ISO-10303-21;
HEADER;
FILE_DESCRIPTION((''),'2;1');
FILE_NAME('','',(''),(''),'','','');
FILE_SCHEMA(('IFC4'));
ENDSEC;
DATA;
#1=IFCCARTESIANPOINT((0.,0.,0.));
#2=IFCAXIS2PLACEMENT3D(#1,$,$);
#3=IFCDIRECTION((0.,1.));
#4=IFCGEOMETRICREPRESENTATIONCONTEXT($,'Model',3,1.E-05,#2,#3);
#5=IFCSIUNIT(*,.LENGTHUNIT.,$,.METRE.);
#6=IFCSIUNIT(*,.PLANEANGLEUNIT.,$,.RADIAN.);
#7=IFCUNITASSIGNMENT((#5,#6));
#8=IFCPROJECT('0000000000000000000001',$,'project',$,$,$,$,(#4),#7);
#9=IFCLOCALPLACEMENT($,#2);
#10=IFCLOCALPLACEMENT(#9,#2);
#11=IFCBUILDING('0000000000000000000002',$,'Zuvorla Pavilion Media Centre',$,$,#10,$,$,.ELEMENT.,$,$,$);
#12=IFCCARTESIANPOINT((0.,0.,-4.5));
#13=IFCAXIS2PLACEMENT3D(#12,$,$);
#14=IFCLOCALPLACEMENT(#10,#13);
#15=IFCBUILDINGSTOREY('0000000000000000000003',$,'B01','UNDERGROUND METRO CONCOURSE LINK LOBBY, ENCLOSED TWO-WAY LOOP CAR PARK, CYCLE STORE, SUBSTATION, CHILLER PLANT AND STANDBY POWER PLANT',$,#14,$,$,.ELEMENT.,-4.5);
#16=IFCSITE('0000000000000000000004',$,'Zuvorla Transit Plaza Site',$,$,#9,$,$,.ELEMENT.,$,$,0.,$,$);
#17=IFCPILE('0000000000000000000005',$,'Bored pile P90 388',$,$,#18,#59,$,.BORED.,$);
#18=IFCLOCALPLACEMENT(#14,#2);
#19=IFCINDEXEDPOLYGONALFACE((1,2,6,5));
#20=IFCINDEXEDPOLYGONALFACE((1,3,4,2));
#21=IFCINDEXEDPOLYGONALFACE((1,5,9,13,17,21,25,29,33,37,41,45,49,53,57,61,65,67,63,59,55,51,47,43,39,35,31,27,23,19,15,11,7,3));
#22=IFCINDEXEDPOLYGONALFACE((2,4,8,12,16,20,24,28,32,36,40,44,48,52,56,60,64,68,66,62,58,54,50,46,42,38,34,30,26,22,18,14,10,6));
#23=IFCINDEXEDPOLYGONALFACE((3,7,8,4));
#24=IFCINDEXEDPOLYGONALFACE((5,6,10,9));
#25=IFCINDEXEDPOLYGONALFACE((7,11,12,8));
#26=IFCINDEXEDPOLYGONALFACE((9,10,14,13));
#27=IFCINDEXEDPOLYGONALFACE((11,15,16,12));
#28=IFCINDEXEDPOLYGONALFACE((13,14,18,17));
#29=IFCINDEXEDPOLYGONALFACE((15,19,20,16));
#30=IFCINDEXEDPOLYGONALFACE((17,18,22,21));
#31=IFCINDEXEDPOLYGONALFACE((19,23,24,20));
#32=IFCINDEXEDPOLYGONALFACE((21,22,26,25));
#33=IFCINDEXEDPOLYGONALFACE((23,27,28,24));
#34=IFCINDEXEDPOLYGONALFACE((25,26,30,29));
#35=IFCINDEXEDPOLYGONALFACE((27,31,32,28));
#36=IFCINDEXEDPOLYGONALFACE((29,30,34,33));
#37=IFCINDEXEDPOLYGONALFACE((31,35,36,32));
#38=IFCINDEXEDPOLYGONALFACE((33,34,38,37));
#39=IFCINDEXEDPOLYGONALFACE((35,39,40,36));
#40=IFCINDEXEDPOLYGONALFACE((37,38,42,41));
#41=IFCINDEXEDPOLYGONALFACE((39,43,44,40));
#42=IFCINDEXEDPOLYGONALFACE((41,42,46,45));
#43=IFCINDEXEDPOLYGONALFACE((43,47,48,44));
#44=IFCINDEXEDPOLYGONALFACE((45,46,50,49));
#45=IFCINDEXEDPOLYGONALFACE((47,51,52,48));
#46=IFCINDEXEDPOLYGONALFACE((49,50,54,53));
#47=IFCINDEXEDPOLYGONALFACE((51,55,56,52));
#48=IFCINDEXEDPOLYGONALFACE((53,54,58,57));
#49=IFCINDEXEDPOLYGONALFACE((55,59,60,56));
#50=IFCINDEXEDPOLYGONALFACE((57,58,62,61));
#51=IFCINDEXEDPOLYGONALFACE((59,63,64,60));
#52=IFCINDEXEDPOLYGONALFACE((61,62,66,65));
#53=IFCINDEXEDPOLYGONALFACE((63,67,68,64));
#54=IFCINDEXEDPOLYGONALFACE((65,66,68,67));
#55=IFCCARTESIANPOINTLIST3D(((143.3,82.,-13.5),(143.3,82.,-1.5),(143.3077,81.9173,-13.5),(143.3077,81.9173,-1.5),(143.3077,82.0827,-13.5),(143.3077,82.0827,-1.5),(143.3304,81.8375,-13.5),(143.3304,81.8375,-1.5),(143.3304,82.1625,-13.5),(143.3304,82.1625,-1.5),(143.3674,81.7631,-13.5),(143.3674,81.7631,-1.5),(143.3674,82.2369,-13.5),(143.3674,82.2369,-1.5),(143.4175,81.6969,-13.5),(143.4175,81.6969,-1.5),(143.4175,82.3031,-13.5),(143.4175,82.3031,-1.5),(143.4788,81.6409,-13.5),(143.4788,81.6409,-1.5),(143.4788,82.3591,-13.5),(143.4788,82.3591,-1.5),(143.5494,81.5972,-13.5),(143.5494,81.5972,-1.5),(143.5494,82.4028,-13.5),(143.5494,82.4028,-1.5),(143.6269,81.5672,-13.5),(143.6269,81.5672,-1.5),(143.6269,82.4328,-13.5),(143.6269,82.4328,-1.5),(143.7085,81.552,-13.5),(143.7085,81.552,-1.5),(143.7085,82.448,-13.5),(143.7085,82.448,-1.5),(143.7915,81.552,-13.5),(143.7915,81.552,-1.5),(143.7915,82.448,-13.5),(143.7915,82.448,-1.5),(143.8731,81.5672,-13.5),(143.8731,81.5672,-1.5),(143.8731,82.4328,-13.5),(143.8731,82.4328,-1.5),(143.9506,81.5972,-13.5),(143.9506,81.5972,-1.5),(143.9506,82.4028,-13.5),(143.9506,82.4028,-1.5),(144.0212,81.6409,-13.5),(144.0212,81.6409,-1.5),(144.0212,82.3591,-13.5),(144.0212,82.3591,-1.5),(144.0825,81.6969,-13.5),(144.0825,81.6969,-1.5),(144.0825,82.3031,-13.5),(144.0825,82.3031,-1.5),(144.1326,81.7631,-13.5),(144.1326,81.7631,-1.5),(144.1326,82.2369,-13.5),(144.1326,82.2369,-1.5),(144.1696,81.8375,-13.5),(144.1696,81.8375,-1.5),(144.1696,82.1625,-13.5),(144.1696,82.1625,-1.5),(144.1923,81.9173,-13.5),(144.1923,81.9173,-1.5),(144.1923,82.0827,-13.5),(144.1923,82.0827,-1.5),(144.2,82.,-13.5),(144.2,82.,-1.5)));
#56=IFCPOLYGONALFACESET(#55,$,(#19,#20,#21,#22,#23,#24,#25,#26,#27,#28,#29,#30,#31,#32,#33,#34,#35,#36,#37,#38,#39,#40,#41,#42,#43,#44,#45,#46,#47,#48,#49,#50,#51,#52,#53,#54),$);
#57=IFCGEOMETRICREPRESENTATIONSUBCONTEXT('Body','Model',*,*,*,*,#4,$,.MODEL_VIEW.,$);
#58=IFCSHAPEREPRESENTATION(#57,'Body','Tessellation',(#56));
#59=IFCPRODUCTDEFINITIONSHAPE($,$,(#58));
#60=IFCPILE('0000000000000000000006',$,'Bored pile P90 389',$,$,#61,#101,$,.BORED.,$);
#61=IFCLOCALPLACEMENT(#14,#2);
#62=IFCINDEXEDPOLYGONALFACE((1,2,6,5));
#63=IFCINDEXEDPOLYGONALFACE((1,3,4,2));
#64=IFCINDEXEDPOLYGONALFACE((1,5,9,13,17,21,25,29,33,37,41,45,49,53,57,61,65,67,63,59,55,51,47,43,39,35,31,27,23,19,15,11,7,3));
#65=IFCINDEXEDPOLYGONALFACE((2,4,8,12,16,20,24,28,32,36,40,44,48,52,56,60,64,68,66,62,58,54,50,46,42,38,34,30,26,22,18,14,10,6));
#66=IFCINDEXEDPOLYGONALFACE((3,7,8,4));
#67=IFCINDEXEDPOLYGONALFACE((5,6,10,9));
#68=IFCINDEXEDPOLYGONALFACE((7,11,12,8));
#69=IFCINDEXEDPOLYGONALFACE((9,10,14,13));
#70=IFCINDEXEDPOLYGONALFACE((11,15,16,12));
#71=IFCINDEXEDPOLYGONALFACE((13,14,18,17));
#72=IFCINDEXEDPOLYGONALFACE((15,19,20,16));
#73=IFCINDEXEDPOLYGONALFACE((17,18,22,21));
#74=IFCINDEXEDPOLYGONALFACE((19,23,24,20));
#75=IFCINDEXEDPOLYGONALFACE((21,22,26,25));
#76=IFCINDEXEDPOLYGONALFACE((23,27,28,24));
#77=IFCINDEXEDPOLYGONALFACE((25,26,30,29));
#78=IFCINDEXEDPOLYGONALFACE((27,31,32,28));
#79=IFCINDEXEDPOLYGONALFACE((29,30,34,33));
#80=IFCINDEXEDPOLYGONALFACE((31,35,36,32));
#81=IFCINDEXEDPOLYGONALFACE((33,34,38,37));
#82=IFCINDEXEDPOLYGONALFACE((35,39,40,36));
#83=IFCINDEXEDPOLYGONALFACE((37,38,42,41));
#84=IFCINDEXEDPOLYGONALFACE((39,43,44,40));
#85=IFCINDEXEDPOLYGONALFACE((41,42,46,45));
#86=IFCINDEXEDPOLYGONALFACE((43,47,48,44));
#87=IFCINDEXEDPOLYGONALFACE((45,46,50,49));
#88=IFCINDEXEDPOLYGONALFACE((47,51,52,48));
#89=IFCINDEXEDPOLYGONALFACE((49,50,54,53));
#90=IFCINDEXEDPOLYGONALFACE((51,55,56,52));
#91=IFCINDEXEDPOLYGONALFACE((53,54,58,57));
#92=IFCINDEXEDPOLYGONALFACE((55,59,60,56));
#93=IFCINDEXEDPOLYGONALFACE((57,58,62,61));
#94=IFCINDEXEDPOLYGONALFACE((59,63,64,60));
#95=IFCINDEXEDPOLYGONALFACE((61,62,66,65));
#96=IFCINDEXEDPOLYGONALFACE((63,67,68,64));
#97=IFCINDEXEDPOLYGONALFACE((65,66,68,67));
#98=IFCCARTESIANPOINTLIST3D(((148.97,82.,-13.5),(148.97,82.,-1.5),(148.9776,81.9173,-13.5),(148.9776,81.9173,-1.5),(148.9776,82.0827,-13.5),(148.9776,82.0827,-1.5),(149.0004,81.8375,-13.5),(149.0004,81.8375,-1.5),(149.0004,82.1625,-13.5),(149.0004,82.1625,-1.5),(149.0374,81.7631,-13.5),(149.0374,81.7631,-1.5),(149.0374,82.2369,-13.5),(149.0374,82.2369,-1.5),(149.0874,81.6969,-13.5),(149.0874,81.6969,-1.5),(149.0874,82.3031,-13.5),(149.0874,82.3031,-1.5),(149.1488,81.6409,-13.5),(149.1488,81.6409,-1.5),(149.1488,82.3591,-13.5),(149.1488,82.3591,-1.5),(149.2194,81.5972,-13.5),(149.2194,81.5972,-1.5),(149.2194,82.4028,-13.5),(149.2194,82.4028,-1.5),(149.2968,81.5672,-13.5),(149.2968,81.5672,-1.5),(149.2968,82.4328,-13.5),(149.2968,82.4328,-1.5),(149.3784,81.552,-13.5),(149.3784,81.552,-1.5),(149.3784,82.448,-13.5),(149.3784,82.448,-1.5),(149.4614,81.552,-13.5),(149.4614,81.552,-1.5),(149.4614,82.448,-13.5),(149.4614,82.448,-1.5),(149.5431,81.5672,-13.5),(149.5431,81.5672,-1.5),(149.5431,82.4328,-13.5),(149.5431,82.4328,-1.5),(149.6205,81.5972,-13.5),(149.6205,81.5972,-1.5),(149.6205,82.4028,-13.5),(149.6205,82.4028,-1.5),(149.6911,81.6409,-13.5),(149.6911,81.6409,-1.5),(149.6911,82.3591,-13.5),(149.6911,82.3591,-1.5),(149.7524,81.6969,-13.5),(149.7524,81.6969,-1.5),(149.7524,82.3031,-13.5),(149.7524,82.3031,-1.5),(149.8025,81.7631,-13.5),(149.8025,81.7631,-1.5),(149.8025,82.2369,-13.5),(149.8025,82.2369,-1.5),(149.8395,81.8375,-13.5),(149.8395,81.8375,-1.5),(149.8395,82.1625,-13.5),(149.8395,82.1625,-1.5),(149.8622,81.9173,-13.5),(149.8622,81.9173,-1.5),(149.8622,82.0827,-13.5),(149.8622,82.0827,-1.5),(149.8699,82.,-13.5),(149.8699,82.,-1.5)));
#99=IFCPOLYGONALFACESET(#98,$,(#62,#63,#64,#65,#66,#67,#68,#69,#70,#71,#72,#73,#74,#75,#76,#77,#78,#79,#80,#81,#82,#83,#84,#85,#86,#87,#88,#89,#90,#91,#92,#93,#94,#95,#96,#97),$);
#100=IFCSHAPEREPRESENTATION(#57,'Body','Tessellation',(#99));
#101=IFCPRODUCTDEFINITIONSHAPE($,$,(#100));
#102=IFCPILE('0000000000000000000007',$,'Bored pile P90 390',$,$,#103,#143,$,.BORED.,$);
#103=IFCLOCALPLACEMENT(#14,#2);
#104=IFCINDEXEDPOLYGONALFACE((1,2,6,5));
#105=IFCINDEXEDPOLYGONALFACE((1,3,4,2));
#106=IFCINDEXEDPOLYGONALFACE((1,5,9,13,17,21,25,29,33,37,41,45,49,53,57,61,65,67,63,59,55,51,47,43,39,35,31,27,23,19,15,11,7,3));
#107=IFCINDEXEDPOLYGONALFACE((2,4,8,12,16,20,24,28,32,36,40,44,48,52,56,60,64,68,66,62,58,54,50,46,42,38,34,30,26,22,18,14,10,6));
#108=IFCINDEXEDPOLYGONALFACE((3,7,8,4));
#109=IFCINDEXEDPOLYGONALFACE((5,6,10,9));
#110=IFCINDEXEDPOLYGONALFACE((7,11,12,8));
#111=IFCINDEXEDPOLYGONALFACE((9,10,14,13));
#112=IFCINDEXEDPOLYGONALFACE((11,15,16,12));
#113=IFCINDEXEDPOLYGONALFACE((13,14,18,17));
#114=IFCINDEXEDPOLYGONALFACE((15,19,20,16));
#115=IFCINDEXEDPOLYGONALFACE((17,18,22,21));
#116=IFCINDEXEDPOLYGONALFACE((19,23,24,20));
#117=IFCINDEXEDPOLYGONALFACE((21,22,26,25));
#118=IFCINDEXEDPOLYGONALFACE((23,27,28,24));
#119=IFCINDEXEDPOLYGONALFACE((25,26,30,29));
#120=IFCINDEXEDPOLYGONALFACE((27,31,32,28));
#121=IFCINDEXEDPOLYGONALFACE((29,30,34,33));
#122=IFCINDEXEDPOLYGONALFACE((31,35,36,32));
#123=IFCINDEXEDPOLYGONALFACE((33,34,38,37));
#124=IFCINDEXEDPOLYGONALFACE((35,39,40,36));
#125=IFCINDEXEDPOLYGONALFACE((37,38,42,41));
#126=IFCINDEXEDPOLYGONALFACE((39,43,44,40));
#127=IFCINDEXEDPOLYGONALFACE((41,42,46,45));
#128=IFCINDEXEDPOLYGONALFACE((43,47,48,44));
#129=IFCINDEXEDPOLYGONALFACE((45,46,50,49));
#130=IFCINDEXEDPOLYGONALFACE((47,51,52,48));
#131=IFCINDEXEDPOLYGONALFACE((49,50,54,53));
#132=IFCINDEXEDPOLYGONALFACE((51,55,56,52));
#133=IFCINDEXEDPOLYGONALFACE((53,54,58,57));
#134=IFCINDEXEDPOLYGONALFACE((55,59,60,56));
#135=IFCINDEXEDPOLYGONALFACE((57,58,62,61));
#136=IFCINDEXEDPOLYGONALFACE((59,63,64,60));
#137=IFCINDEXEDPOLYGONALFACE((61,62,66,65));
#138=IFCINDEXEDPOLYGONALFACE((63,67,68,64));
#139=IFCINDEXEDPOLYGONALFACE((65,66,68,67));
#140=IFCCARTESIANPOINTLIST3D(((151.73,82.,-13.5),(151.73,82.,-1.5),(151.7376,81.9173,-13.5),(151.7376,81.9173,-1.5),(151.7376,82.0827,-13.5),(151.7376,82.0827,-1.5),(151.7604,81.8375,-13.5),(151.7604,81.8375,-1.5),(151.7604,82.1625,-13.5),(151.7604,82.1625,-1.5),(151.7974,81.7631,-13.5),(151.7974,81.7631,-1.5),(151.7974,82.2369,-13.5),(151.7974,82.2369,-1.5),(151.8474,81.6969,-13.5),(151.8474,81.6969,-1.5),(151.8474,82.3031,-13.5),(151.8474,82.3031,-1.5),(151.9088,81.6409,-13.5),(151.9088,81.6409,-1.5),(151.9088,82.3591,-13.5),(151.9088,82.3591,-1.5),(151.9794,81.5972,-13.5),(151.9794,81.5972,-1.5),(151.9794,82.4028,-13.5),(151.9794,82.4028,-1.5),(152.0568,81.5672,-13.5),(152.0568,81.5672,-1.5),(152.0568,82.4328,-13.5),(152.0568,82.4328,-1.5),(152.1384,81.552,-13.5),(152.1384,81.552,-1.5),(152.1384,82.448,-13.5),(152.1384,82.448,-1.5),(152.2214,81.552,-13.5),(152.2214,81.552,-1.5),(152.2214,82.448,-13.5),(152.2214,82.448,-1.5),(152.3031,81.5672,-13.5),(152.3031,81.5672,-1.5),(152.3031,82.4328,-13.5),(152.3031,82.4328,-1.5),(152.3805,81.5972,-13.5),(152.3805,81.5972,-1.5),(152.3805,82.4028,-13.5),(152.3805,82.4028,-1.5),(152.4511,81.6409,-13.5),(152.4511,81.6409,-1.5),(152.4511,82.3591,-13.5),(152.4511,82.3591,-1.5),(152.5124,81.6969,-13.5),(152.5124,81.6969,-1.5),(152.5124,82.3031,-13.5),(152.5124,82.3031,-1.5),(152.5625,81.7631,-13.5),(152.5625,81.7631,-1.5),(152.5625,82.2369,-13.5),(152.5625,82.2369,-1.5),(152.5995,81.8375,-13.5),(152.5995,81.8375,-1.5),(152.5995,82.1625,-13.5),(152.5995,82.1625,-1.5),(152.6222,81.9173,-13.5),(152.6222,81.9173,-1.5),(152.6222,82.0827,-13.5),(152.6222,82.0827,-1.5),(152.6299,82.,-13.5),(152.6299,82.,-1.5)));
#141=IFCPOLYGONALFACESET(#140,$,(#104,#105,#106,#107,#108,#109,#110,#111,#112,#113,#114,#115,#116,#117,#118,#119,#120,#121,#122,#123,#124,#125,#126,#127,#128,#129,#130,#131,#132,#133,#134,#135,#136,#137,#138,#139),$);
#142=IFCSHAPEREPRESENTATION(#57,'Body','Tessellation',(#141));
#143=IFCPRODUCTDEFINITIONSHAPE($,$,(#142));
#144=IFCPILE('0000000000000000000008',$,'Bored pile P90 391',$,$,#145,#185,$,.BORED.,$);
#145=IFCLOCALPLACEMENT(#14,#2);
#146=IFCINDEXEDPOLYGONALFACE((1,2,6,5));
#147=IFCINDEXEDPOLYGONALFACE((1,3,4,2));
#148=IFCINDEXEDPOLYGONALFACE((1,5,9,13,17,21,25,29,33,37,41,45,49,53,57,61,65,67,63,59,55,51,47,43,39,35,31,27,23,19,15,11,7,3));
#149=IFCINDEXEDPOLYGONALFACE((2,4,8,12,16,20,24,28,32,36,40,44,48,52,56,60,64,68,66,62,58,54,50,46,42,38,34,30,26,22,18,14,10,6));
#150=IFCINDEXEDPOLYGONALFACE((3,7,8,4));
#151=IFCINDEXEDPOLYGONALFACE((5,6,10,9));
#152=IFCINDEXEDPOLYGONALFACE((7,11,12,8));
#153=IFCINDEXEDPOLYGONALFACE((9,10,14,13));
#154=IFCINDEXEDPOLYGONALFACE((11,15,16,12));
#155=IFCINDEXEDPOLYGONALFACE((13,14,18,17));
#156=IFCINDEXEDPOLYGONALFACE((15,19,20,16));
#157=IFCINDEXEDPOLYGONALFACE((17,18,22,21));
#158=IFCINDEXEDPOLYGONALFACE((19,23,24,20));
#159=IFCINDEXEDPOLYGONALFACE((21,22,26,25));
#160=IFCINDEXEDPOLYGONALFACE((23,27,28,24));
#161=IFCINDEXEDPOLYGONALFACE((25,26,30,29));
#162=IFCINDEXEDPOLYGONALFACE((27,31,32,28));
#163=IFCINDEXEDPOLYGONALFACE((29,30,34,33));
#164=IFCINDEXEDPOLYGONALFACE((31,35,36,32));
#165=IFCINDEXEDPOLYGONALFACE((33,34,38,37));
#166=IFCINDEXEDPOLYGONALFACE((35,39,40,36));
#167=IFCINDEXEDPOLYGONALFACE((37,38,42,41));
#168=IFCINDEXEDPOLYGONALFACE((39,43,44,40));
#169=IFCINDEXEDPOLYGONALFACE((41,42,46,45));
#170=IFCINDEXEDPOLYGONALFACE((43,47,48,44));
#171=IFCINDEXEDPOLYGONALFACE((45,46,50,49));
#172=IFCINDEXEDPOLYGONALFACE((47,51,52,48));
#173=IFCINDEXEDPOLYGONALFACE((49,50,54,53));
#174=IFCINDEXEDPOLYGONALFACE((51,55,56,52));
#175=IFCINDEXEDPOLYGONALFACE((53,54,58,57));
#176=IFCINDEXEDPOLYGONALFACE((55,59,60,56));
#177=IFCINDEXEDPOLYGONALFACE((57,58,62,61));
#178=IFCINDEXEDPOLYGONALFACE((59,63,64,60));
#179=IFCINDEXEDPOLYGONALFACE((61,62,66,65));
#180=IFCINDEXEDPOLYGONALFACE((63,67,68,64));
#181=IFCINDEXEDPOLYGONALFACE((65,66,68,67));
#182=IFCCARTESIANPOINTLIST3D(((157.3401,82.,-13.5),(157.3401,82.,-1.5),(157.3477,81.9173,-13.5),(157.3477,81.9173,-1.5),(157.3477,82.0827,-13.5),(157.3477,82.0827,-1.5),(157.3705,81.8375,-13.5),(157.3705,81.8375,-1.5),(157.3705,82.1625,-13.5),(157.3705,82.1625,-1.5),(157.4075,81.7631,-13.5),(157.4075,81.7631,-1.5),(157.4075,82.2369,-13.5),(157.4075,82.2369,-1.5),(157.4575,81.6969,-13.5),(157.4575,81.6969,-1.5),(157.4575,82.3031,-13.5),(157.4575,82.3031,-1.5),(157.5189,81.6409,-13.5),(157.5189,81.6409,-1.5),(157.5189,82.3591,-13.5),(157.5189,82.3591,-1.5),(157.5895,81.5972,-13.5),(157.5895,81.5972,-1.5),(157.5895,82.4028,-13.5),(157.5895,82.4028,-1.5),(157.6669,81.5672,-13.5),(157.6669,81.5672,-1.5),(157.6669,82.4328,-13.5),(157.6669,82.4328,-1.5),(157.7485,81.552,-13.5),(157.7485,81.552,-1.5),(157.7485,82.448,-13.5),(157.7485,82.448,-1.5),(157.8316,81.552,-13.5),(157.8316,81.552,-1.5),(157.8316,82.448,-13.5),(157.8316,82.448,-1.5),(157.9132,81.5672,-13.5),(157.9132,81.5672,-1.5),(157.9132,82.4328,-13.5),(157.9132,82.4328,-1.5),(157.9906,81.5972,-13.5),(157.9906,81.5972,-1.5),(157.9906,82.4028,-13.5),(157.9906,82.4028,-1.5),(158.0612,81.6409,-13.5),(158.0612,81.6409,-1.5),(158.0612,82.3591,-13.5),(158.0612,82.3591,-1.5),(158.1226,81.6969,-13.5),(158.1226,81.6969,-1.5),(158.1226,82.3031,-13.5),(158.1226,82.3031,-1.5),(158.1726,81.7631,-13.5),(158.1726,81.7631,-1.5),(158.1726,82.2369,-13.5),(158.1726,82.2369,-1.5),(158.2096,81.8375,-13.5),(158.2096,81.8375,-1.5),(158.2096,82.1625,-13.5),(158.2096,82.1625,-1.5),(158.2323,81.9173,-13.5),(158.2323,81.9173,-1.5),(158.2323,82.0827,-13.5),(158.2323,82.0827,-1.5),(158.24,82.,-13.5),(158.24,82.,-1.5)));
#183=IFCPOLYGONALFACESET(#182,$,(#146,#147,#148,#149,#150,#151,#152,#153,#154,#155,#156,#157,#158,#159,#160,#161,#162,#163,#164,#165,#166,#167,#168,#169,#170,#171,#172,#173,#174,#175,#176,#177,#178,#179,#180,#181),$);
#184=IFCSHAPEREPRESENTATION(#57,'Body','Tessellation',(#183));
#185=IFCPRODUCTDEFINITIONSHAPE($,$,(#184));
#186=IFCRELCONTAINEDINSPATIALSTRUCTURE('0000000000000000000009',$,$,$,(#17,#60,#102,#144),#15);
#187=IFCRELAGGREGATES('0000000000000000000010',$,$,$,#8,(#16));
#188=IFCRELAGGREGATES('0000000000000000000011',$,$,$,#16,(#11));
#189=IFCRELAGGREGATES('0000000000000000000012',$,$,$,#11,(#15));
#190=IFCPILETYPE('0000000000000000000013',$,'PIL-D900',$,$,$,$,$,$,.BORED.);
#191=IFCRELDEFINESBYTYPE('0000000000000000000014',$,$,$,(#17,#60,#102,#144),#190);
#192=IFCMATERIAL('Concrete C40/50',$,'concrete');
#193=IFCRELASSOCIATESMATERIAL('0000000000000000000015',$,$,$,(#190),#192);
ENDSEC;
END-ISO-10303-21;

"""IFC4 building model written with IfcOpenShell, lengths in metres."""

from ifc_helpers import new_model, si_unit, direction, frame, origin, origin_2d, place, context, subcontext, project, spatial, circle, extrude, material, material_profile, profile_set, type_object, element, save


model = new_model("IFC4")

# Units and contexts
model_context = context("Model", 3, precision=1e-05, world=origin(), true_north=direction((0.0, 1.0)))
body_context = subcontext(model_context, "Body", "Model", "MODEL_VIEW")
ifc_project = project(units=[si_unit("LENGTHUNIT", "METRE"), si_unit("PLANEANGLEUNIT", "RADIAN")], contexts=[model_context])

# Site, building, storey
site_placement = place(None, origin())
site = spatial("IfcSite", under=ifc_project, at=site_placement, Name="Zuvorla Transit Plaza Site", CompositionType="ELEMENT", RefElevation=0.0)
building_placement = place(site_placement, origin())
building = spatial("IfcBuilding", under=site, at=building_placement, Name="Zuvorla Pavilion Media Centre", CompositionType="ELEMENT")
storey_placement = place(building_placement, frame((0.0, 0.0, -4.5)))
storey = spatial("IfcBuildingStorey", under=building, at=storey_placement, Name="B01", Description="UNDERGROUND METRO CONCOURSE LINK LOBBY, ENCLOSED TWO-WAY LOOP CAR PARK, CYCLE STORE, SUBSTATION, CHILLER PLANT AND STANDBY POWER PLANT", CompositionType="ELEMENT", Elevation=-4.5)

# Shared definitions
ifc_material = material(Name="Concrete C40/50", Category="concrete")

# Piles
ifc_material_profile_1 = material_profile(ifc_material, circle(Radius=0.45, at=origin_2d()), Name="BORED PILE 900")
ifc_profile_set_1 = profile_set([ifc_material_profile_1], Name="Concrete C40/50")
pile_type = type_object("IfcPileType", Name="PIL-D900", PredefinedType="BORED", material=ifc_profile_set_1)
for number, where, z_axis, x_axis, name in (
    (1, (143.75, 82.0, -1.5), (0.0, 0.0, -1.0), (1.0, 0.0, 0.0), "Bored pile P90 388"),
    (2, (149.4199, 82.0, -1.5), (0.0, 0.0, -1.0), (1.0, 0.0, 0.0), "Bored pile P90 389"),
    (3, (152.1799, 82.0, -1.5), (0.0, 0.0, -1.0), (1.0, 0.0, 0.0), "Bored pile P90 390"),
    (4, (157.79, 82.0, -1.5), (0.0, 0.0, -1.0), (1.0, 0.0, 0.0), "Bored pile P90 391"),
):
    element("IfcPile", number, at=place(storey_placement, frame(where, z_axis=z_axis, x_axis=x_axis)), inside=storey, type_object=pile_type, Name=name, PredefinedType="BORED", context=body_context, shape_type="SweptSolid", body=[
        extrude(circle(Radius=0.45, at=origin_2d()), origin(), (0.0, 0.0, 1.0), 12.0),
    ])

save(model, "model.ifc")
